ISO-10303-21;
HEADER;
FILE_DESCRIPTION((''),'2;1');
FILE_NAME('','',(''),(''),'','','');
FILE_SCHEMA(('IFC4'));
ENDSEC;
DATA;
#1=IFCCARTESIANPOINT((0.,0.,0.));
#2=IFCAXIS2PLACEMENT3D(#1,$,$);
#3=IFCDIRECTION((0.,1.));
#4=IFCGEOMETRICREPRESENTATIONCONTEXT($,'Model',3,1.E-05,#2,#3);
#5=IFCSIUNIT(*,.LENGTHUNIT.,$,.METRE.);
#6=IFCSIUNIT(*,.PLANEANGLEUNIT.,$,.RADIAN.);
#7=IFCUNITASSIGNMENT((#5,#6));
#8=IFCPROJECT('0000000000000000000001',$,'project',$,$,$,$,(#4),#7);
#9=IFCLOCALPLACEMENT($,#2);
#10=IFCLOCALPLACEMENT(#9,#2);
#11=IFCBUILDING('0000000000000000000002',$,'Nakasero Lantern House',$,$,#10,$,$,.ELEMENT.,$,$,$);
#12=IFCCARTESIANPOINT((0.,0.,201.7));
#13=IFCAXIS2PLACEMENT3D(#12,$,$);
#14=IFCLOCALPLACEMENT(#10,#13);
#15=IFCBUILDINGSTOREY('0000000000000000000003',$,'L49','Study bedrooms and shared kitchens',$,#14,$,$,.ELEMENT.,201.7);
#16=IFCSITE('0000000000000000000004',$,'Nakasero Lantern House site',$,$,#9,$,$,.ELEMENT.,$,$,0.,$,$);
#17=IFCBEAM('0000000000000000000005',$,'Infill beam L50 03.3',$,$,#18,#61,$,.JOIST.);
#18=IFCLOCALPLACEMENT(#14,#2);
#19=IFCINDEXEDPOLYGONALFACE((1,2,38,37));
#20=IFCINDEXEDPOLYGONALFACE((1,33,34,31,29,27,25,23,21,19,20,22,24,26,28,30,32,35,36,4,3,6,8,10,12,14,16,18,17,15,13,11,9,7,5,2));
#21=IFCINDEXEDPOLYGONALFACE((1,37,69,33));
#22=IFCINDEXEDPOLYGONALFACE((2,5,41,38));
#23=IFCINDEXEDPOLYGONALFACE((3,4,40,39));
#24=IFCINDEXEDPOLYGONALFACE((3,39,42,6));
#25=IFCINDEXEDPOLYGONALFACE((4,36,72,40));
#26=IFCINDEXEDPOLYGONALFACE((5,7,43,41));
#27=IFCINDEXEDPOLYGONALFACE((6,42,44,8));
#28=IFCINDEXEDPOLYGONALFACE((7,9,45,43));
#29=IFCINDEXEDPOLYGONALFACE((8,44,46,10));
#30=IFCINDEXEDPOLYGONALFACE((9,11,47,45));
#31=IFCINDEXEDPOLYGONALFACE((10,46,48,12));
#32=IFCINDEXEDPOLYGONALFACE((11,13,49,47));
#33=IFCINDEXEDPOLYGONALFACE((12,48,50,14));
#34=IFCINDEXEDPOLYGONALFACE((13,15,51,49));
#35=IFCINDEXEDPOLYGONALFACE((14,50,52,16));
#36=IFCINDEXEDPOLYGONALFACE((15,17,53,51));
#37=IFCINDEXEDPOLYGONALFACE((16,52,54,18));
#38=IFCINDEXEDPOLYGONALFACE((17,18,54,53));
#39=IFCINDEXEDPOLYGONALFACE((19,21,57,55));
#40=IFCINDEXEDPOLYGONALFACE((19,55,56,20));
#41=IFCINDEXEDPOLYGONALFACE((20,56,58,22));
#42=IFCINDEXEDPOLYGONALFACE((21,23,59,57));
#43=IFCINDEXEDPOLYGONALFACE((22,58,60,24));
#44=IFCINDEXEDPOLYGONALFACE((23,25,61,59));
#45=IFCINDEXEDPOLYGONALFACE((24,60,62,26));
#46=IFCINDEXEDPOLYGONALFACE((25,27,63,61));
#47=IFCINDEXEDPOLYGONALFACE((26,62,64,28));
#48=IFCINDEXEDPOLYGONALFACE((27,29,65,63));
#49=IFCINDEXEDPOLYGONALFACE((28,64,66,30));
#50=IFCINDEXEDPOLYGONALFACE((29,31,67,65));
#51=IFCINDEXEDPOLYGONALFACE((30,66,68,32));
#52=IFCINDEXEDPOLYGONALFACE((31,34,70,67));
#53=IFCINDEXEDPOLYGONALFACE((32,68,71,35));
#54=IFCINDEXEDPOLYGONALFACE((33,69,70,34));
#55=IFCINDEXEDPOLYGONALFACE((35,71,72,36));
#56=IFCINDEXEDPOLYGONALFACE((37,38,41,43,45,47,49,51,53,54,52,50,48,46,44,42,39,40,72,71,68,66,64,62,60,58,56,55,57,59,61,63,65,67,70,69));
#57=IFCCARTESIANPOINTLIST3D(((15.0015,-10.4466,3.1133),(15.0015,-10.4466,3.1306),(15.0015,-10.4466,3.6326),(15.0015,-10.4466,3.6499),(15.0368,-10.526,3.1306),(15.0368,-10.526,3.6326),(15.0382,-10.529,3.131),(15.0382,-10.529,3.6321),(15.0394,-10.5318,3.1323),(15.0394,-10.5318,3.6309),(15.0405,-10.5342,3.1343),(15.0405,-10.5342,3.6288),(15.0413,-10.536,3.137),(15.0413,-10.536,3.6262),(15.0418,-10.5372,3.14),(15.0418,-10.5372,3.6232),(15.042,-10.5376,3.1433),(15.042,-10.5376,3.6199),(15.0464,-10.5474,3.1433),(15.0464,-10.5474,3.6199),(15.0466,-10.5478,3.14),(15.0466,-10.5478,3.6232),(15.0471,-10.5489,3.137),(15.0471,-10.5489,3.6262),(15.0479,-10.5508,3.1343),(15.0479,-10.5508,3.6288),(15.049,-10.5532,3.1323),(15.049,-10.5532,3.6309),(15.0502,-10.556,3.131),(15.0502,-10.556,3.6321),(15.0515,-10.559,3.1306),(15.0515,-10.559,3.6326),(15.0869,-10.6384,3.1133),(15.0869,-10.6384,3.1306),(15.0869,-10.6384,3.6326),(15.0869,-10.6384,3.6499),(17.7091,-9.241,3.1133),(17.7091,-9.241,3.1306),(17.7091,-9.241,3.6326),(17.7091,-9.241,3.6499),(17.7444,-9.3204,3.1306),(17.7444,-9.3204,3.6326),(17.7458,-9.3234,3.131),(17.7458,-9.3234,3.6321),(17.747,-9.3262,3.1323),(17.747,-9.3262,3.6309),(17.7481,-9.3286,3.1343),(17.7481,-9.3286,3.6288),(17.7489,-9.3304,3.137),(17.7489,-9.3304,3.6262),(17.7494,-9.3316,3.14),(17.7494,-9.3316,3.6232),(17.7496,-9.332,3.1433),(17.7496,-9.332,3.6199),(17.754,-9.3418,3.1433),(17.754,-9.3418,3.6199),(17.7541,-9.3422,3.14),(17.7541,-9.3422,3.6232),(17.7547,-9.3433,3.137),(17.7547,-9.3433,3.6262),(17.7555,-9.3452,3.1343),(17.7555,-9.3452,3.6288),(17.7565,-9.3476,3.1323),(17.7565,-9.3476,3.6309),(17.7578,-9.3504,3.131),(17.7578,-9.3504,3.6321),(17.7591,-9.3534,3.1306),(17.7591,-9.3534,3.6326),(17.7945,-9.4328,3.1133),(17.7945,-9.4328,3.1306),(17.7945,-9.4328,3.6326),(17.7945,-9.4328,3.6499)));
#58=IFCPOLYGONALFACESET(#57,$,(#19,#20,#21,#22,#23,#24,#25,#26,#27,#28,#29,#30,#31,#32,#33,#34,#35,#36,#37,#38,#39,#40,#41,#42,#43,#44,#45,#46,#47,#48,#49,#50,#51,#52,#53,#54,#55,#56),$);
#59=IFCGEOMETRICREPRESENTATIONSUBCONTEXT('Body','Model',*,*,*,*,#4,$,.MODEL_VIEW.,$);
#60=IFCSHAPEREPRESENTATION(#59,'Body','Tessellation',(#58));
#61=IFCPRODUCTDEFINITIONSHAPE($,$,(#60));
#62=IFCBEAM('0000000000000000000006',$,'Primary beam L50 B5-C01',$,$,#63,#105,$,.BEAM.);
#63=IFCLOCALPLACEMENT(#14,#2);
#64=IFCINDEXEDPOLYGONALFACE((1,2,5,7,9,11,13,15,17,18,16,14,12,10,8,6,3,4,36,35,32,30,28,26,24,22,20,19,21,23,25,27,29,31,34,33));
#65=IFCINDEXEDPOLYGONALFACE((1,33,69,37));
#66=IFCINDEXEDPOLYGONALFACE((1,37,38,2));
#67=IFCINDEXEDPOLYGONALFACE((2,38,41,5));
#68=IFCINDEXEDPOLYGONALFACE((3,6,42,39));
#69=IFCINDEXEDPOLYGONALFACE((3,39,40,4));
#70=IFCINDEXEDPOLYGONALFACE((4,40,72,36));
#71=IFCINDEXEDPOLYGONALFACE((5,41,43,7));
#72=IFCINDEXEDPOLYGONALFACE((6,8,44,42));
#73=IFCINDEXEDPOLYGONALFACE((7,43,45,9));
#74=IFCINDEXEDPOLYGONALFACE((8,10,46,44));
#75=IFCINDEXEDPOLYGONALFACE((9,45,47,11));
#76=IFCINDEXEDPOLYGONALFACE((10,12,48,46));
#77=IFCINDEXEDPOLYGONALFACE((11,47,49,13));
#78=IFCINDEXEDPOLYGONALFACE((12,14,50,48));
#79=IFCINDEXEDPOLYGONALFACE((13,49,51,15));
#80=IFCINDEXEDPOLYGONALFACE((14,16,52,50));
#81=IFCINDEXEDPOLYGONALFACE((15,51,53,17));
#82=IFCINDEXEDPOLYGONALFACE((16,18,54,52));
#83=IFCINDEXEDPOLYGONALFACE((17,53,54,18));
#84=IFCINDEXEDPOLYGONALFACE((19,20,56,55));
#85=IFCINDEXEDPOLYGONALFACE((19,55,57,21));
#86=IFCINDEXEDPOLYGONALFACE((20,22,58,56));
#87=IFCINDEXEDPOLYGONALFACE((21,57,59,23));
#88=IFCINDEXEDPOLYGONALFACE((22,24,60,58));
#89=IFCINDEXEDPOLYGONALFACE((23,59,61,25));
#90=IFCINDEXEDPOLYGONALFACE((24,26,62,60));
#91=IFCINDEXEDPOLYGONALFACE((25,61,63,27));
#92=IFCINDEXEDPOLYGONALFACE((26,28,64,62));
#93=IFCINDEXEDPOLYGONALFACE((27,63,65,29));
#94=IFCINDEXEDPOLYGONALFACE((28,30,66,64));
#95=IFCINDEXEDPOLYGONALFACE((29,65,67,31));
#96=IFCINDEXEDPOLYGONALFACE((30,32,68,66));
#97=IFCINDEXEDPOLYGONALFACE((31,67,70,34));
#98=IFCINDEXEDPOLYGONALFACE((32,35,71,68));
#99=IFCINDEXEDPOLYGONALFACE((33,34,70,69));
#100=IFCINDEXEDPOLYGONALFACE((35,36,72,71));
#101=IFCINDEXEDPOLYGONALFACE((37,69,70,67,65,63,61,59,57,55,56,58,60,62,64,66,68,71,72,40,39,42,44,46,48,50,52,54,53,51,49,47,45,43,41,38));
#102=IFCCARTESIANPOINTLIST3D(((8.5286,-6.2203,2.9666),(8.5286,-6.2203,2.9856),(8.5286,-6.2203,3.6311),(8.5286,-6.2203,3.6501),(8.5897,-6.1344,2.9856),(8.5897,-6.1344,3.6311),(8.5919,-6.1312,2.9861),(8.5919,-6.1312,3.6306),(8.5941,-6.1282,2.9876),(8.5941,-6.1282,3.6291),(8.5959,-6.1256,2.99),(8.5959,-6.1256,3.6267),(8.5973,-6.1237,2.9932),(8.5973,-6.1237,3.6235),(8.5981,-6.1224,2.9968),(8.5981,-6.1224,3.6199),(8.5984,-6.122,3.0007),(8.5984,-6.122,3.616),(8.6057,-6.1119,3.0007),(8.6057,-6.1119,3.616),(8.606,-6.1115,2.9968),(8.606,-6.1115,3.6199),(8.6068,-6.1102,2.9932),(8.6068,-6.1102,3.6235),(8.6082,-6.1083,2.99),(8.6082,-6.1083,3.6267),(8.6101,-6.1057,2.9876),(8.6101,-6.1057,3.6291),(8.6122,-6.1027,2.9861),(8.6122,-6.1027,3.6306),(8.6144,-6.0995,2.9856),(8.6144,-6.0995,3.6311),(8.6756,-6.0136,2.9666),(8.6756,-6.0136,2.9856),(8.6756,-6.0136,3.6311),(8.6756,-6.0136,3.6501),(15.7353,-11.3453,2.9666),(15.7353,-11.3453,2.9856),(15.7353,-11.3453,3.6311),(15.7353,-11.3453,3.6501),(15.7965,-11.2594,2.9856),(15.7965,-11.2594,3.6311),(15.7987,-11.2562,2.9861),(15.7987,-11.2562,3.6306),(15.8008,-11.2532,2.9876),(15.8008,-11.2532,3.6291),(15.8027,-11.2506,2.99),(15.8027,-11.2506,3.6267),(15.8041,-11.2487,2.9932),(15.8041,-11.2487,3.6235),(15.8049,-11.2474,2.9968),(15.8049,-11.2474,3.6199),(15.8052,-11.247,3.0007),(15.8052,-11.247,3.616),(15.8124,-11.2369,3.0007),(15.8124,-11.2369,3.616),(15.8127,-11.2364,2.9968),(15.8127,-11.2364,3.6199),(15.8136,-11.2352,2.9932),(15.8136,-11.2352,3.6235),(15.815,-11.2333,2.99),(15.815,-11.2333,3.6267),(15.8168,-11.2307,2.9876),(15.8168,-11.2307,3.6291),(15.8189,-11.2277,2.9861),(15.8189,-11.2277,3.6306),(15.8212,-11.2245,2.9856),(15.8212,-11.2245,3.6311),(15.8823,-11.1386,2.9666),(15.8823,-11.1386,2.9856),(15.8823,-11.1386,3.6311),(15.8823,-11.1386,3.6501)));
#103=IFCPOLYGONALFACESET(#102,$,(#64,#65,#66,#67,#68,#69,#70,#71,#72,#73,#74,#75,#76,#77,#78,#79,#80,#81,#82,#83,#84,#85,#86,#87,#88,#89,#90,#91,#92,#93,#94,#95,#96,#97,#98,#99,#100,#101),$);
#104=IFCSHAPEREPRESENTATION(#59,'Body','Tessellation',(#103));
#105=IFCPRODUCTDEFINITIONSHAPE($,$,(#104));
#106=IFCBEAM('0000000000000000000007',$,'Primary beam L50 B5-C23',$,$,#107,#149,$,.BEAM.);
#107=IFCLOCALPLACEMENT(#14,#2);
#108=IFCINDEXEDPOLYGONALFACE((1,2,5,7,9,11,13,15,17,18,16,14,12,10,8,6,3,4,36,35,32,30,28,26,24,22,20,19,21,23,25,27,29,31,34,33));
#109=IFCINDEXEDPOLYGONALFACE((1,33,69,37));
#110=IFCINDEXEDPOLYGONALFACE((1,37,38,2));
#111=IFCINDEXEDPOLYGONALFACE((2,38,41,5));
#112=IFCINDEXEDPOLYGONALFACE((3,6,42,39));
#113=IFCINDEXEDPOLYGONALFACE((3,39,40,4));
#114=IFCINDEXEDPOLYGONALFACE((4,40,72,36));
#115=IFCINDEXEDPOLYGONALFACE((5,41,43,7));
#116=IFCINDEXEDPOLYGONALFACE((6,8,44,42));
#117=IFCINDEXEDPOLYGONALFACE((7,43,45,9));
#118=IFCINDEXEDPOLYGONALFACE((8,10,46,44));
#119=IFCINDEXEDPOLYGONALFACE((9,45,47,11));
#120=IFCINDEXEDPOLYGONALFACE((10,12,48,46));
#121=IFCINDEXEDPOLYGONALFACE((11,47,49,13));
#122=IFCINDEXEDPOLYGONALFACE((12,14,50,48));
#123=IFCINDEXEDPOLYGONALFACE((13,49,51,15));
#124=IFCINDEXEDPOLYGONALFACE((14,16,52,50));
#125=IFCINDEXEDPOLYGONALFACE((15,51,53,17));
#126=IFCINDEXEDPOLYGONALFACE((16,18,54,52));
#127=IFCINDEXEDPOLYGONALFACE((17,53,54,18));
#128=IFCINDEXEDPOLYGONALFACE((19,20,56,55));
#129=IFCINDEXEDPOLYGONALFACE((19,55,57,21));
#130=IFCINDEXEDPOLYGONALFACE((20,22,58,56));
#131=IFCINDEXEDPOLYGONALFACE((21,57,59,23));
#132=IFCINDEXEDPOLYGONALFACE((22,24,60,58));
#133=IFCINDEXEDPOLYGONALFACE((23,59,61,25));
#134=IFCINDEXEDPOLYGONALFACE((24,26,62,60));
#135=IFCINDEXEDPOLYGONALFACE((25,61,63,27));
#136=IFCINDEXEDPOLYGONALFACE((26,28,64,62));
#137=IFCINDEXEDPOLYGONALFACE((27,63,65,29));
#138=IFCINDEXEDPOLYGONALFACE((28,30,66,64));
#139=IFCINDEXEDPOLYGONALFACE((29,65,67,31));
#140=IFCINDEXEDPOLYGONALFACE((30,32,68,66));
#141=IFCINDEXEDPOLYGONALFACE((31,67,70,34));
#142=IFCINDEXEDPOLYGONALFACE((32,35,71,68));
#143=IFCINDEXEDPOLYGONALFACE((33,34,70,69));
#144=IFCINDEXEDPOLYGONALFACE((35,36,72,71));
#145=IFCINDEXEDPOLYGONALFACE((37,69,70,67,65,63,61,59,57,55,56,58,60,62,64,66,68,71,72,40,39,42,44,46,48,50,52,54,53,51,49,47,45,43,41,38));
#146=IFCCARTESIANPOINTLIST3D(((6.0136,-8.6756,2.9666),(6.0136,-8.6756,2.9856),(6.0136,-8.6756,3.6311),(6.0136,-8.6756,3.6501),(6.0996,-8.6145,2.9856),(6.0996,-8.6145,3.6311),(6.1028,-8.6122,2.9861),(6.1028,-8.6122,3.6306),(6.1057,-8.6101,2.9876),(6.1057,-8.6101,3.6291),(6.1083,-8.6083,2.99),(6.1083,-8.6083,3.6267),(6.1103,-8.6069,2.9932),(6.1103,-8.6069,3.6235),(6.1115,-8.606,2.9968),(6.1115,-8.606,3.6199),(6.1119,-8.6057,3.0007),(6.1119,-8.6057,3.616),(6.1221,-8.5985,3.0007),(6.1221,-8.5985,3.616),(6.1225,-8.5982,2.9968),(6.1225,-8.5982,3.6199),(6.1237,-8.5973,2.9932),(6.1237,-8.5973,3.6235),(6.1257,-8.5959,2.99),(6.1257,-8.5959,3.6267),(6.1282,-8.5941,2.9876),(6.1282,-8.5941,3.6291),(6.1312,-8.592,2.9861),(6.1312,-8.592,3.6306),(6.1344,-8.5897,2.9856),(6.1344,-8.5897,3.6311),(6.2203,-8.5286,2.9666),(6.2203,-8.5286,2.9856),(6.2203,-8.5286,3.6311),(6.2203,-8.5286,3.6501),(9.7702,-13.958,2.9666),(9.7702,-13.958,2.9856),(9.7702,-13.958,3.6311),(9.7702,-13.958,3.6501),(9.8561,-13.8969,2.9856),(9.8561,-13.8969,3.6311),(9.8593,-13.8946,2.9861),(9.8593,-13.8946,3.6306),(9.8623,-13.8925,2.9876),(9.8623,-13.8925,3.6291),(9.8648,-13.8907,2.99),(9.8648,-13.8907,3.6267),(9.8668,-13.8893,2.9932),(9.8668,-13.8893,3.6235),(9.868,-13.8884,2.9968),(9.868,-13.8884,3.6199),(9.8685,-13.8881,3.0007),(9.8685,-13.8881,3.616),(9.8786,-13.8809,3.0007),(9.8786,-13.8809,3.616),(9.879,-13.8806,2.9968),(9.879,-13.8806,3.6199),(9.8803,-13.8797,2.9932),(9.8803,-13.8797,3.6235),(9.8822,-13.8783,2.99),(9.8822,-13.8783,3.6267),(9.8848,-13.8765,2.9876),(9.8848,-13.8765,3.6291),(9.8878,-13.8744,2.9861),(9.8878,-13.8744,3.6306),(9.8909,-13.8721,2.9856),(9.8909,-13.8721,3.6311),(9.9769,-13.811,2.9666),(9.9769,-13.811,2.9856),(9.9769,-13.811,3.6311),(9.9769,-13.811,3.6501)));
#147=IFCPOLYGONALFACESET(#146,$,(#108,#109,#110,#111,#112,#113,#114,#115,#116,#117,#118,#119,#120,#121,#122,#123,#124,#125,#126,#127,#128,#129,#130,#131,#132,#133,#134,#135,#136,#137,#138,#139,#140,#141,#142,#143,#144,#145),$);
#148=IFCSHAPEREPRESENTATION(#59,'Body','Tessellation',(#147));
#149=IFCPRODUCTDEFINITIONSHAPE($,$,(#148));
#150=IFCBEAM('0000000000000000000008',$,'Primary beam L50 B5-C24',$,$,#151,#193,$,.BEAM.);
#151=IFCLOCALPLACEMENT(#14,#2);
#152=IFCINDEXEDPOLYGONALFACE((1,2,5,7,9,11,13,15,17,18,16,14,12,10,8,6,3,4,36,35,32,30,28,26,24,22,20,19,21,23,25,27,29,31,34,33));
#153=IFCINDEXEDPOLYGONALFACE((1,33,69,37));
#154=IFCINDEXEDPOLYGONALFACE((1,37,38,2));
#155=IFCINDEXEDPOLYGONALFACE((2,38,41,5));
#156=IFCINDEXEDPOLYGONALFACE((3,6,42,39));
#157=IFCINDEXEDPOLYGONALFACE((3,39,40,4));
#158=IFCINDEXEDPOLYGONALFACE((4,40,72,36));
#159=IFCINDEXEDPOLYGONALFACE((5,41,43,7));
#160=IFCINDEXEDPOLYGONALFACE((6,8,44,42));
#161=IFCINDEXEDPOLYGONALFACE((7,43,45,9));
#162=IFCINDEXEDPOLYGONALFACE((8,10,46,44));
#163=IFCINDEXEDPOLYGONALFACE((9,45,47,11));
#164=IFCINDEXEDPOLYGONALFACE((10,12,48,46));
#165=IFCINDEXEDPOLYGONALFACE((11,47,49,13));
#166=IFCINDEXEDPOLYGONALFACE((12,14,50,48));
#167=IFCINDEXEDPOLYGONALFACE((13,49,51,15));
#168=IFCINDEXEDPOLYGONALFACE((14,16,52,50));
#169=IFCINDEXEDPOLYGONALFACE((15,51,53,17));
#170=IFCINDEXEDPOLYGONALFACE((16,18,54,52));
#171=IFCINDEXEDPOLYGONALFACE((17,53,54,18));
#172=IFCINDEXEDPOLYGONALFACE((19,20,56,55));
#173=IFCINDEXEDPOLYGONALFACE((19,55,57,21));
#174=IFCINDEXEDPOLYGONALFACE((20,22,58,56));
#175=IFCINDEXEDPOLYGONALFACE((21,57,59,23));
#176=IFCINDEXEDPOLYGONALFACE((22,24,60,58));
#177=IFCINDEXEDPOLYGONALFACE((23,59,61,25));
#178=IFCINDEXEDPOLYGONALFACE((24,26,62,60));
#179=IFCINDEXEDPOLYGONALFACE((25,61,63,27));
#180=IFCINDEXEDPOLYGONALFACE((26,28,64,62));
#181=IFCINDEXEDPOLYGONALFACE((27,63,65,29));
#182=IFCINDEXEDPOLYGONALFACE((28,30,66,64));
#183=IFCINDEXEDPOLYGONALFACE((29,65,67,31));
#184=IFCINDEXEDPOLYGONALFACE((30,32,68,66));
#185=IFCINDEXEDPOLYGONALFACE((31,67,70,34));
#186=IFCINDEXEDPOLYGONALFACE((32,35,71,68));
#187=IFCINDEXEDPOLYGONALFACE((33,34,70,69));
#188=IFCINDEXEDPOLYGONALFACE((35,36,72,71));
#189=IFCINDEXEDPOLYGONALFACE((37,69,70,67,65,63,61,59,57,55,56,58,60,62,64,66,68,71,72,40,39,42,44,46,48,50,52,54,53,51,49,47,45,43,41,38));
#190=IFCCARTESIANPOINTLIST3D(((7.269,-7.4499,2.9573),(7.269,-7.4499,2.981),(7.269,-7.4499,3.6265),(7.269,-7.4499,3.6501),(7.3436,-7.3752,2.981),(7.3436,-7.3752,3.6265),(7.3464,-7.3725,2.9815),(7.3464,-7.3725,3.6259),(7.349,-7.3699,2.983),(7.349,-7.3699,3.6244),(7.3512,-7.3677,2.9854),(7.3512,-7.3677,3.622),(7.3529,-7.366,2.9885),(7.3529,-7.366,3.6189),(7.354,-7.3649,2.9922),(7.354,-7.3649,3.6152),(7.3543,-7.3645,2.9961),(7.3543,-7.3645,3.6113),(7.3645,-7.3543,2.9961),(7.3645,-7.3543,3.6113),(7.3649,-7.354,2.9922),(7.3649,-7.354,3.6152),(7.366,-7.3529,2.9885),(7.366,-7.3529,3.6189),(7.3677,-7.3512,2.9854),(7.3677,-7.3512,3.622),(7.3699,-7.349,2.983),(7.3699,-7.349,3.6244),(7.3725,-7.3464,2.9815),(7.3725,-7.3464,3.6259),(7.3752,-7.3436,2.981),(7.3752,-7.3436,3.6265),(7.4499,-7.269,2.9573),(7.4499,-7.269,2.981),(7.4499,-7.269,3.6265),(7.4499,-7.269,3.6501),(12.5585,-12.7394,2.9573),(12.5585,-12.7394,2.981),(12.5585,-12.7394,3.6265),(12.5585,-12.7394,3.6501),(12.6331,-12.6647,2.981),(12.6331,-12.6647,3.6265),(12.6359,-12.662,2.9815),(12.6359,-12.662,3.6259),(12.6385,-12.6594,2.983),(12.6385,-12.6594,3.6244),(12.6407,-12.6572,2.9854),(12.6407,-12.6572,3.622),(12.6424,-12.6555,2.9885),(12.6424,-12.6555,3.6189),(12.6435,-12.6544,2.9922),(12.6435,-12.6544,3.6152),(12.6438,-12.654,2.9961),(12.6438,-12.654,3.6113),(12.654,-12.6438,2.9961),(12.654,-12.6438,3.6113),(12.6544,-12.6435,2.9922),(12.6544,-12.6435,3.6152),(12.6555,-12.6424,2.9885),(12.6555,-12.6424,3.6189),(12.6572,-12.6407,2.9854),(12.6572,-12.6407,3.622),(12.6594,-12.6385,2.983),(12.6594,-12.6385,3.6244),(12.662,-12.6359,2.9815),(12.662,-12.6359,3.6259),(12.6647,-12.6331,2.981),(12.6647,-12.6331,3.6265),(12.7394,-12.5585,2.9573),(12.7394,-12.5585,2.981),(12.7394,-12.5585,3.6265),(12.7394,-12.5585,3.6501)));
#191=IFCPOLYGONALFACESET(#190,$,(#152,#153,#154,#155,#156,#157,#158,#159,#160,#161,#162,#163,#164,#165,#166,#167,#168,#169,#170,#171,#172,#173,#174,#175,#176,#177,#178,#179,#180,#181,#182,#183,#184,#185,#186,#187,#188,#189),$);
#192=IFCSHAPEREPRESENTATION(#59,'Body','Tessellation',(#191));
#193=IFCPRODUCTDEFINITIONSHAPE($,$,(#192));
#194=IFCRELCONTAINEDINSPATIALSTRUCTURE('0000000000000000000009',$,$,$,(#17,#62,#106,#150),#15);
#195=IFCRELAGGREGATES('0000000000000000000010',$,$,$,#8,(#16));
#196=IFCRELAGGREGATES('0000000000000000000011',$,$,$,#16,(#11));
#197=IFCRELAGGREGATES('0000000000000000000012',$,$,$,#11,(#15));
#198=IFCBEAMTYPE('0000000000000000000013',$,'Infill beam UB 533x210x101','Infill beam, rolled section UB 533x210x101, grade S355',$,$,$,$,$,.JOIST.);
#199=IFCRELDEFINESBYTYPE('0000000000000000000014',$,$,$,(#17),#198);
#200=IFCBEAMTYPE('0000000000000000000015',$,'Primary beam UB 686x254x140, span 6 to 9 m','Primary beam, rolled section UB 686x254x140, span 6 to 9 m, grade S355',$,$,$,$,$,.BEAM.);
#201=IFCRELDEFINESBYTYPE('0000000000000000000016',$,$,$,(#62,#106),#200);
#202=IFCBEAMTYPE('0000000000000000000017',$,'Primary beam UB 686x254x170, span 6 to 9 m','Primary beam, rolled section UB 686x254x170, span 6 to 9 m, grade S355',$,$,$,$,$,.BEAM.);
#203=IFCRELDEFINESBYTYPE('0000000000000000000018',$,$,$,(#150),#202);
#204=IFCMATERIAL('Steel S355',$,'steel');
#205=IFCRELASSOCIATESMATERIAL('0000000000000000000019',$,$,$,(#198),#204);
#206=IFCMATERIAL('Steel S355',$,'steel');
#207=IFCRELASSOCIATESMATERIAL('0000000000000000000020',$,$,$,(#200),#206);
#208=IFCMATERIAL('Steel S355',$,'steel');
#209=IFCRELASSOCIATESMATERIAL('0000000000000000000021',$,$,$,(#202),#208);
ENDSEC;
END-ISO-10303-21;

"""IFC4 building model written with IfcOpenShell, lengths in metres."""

from ifc_helpers import new_model, si_unit, direction, frame, origin, origin_2d, place, context, subcontext, project, spatial, i_section, extrude, material, material_profile, profile_set, type_object, element, save


model = new_model("IFC4")

# Units and contexts
model_context = context("Model", 3, precision=1e-05, world=origin(), true_north=direction((0.0, 1.0)))
body_context = subcontext(model_context, "Body", "Model", "MODEL_VIEW")
ifc_project = project(units=[si_unit("LENGTHUNIT", "METRE"), si_unit("PLANEANGLEUNIT", "RADIAN")], contexts=[model_context])

# Site, building, storey
site_placement = place(None, origin())
site = spatial("IfcSite", under=ifc_project, at=site_placement, Name="Nakasero Lantern House site", CompositionType="ELEMENT", RefElevation=0.0)
building_placement = place(site_placement, origin())
building = spatial("IfcBuilding", under=site, at=building_placement, Name="Nakasero Lantern House", CompositionType="ELEMENT")
storey_placement = place(building_placement, frame((0.0, 0.0, 201.7)))
storey = spatial("IfcBuildingStorey", under=building, at=storey_placement, Name="L49", Description="Study bedrooms and shared kitchens", CompositionType="ELEMENT", Elevation=201.7)

# Beams
ifc_material_1 = material(Name="Steel S355", Category="steel")
ifc_material_profile_1 = material_profile(ifc_material_1, i_section(OverallWidth=0.21, OverallDepth=0.5366, WebThickness=0.0107, FlangeThickness=0.0173, FilletRadius=0.0127, at=origin_2d()), Name="UB 533x210x101")
ifc_profile_set_1 = profile_set([ifc_material_profile_1], Name="Steel S355")
beam_type_1 = type_object("IfcBeamType", Name="Infill beam UB 533x210x101", Description="Infill beam, rolled section UB 533x210x101, grade S355", PredefinedType="JOIST", material=ifc_profile_set_1)
beam_1_placement = place(storey_placement, frame((15.0442, -10.5425, 3.3816), z_axis=(0.913533, 0.406765, 0.0), x_axis=(-0.406765, 0.913533, 0.0)))
element("IfcBeam", 1, at=beam_1_placement, inside=storey, type_object=beam_type_1, Name="Infill beam L50 03.3", PredefinedType="JOIST", context=body_context, shape_type="SweptSolid", body=[
    extrude(i_section(OverallWidth=0.21, OverallDepth=0.5366, WebThickness=0.0107, FlangeThickness=0.0173, FilletRadius=0.0127, at=origin_2d()), origin(), (0.0, 0.0, 1.0), 2.9639),
])
ifc_material_2 = material(Name="Steel S355", Category="steel")
ifc_material_profile_2 = material_profile(ifc_material_2, i_section(OverallWidth=0.2537, OverallDepth=0.6836, WebThickness=0.0125, FlangeThickness=0.019, FilletRadius=0.0151, at=origin_2d()), Name="UB 686x254x140")
ifc_profile_set_2 = profile_set([ifc_material_profile_2], Name="Steel S355")
beam_type_2 = type_object("IfcBeamType", Name="Primary beam UB 686x254x140, span 6 to 9 m", Description="Primary beam, rolled section UB 686x254x140, span 6 to 9 m, grade S355", PredefinedType="BEAM", material=ifc_profile_set_2)
beam_2_placement = place(storey_placement, frame((15.8088, -11.2419, 3.3083), z_axis=(-0.814946, 0.579537, 0.0), x_axis=(-0.579537, -0.814946, 0.0)))
element("IfcBeam", 2, at=beam_2_placement, inside=storey, type_object=beam_type_2, Name="Primary beam L50 B5-C01", PredefinedType="BEAM", context=body_context, shape_type="SweptSolid", body=[
    extrude(i_section(OverallWidth=0.2537, OverallDepth=0.6836, WebThickness=0.0125, FlangeThickness=0.019, FilletRadius=0.0151, at=origin_2d()), origin(), (0.0, 0.0, 1.0), 8.8433),
])
beam_3_placement = place(storey_placement, frame((9.8735, -13.8845, 3.3083), z_axis=(-0.579541, 0.814943, 0.0), x_axis=(-0.814943, -0.579541, 0.0)))
element("IfcBeam", 3, at=beam_3_placement, inside=storey, type_object=beam_type_2, Name="Primary beam L50 B5-C23", PredefinedType="BEAM", context=body_context, shape_type="SweptSolid", body=[
    extrude(i_section(OverallWidth=0.2537, OverallDepth=0.6836, WebThickness=0.0125, FlangeThickness=0.019, FilletRadius=0.0151, at=origin_2d()), origin(), (0.0, 0.0, 1.0), 6.4819),
])
ifc_material_3 = material(Name="Steel S355", Category="steel")
ifc_material_profile_3 = material_profile(ifc_material_3, i_section(OverallWidth=0.2559, OverallDepth=0.6929, WebThickness=0.0144, FlangeThickness=0.0237, FilletRadius=0.0151, at=origin_2d()), Name="UB 686x254x170")
ifc_profile_set_3 = profile_set([ifc_material_profile_3], Name="Steel S355")
beam_type_3 = type_object("IfcBeamType", Name="Primary beam UB 686x254x170, span 6 to 9 m", Description="Primary beam, rolled section UB 686x254x170, span 6 to 9 m, grade S355", PredefinedType="BEAM", material=ifc_profile_set_3)
beam_4_placement = place(storey_placement, frame((12.6489, -12.6489, 3.3037), z_axis=(-0.707107, 0.707107, 0.0), x_axis=(-0.707107, -0.707107, 0.0)))
element("IfcBeam", 4, at=beam_4_placement, inside=storey, type_object=beam_type_3, Name="Primary beam L50 B5-C24", PredefinedType="BEAM", context=body_context, shape_type="SweptSolid", body=[
    extrude(i_section(OverallWidth=0.2559, OverallDepth=0.6929, WebThickness=0.0144, FlangeThickness=0.0237, FilletRadius=0.0151, at=origin_2d()), origin(), (0.0, 0.0, 1.0), 7.4805),
])

save(model, "model.ifc")
